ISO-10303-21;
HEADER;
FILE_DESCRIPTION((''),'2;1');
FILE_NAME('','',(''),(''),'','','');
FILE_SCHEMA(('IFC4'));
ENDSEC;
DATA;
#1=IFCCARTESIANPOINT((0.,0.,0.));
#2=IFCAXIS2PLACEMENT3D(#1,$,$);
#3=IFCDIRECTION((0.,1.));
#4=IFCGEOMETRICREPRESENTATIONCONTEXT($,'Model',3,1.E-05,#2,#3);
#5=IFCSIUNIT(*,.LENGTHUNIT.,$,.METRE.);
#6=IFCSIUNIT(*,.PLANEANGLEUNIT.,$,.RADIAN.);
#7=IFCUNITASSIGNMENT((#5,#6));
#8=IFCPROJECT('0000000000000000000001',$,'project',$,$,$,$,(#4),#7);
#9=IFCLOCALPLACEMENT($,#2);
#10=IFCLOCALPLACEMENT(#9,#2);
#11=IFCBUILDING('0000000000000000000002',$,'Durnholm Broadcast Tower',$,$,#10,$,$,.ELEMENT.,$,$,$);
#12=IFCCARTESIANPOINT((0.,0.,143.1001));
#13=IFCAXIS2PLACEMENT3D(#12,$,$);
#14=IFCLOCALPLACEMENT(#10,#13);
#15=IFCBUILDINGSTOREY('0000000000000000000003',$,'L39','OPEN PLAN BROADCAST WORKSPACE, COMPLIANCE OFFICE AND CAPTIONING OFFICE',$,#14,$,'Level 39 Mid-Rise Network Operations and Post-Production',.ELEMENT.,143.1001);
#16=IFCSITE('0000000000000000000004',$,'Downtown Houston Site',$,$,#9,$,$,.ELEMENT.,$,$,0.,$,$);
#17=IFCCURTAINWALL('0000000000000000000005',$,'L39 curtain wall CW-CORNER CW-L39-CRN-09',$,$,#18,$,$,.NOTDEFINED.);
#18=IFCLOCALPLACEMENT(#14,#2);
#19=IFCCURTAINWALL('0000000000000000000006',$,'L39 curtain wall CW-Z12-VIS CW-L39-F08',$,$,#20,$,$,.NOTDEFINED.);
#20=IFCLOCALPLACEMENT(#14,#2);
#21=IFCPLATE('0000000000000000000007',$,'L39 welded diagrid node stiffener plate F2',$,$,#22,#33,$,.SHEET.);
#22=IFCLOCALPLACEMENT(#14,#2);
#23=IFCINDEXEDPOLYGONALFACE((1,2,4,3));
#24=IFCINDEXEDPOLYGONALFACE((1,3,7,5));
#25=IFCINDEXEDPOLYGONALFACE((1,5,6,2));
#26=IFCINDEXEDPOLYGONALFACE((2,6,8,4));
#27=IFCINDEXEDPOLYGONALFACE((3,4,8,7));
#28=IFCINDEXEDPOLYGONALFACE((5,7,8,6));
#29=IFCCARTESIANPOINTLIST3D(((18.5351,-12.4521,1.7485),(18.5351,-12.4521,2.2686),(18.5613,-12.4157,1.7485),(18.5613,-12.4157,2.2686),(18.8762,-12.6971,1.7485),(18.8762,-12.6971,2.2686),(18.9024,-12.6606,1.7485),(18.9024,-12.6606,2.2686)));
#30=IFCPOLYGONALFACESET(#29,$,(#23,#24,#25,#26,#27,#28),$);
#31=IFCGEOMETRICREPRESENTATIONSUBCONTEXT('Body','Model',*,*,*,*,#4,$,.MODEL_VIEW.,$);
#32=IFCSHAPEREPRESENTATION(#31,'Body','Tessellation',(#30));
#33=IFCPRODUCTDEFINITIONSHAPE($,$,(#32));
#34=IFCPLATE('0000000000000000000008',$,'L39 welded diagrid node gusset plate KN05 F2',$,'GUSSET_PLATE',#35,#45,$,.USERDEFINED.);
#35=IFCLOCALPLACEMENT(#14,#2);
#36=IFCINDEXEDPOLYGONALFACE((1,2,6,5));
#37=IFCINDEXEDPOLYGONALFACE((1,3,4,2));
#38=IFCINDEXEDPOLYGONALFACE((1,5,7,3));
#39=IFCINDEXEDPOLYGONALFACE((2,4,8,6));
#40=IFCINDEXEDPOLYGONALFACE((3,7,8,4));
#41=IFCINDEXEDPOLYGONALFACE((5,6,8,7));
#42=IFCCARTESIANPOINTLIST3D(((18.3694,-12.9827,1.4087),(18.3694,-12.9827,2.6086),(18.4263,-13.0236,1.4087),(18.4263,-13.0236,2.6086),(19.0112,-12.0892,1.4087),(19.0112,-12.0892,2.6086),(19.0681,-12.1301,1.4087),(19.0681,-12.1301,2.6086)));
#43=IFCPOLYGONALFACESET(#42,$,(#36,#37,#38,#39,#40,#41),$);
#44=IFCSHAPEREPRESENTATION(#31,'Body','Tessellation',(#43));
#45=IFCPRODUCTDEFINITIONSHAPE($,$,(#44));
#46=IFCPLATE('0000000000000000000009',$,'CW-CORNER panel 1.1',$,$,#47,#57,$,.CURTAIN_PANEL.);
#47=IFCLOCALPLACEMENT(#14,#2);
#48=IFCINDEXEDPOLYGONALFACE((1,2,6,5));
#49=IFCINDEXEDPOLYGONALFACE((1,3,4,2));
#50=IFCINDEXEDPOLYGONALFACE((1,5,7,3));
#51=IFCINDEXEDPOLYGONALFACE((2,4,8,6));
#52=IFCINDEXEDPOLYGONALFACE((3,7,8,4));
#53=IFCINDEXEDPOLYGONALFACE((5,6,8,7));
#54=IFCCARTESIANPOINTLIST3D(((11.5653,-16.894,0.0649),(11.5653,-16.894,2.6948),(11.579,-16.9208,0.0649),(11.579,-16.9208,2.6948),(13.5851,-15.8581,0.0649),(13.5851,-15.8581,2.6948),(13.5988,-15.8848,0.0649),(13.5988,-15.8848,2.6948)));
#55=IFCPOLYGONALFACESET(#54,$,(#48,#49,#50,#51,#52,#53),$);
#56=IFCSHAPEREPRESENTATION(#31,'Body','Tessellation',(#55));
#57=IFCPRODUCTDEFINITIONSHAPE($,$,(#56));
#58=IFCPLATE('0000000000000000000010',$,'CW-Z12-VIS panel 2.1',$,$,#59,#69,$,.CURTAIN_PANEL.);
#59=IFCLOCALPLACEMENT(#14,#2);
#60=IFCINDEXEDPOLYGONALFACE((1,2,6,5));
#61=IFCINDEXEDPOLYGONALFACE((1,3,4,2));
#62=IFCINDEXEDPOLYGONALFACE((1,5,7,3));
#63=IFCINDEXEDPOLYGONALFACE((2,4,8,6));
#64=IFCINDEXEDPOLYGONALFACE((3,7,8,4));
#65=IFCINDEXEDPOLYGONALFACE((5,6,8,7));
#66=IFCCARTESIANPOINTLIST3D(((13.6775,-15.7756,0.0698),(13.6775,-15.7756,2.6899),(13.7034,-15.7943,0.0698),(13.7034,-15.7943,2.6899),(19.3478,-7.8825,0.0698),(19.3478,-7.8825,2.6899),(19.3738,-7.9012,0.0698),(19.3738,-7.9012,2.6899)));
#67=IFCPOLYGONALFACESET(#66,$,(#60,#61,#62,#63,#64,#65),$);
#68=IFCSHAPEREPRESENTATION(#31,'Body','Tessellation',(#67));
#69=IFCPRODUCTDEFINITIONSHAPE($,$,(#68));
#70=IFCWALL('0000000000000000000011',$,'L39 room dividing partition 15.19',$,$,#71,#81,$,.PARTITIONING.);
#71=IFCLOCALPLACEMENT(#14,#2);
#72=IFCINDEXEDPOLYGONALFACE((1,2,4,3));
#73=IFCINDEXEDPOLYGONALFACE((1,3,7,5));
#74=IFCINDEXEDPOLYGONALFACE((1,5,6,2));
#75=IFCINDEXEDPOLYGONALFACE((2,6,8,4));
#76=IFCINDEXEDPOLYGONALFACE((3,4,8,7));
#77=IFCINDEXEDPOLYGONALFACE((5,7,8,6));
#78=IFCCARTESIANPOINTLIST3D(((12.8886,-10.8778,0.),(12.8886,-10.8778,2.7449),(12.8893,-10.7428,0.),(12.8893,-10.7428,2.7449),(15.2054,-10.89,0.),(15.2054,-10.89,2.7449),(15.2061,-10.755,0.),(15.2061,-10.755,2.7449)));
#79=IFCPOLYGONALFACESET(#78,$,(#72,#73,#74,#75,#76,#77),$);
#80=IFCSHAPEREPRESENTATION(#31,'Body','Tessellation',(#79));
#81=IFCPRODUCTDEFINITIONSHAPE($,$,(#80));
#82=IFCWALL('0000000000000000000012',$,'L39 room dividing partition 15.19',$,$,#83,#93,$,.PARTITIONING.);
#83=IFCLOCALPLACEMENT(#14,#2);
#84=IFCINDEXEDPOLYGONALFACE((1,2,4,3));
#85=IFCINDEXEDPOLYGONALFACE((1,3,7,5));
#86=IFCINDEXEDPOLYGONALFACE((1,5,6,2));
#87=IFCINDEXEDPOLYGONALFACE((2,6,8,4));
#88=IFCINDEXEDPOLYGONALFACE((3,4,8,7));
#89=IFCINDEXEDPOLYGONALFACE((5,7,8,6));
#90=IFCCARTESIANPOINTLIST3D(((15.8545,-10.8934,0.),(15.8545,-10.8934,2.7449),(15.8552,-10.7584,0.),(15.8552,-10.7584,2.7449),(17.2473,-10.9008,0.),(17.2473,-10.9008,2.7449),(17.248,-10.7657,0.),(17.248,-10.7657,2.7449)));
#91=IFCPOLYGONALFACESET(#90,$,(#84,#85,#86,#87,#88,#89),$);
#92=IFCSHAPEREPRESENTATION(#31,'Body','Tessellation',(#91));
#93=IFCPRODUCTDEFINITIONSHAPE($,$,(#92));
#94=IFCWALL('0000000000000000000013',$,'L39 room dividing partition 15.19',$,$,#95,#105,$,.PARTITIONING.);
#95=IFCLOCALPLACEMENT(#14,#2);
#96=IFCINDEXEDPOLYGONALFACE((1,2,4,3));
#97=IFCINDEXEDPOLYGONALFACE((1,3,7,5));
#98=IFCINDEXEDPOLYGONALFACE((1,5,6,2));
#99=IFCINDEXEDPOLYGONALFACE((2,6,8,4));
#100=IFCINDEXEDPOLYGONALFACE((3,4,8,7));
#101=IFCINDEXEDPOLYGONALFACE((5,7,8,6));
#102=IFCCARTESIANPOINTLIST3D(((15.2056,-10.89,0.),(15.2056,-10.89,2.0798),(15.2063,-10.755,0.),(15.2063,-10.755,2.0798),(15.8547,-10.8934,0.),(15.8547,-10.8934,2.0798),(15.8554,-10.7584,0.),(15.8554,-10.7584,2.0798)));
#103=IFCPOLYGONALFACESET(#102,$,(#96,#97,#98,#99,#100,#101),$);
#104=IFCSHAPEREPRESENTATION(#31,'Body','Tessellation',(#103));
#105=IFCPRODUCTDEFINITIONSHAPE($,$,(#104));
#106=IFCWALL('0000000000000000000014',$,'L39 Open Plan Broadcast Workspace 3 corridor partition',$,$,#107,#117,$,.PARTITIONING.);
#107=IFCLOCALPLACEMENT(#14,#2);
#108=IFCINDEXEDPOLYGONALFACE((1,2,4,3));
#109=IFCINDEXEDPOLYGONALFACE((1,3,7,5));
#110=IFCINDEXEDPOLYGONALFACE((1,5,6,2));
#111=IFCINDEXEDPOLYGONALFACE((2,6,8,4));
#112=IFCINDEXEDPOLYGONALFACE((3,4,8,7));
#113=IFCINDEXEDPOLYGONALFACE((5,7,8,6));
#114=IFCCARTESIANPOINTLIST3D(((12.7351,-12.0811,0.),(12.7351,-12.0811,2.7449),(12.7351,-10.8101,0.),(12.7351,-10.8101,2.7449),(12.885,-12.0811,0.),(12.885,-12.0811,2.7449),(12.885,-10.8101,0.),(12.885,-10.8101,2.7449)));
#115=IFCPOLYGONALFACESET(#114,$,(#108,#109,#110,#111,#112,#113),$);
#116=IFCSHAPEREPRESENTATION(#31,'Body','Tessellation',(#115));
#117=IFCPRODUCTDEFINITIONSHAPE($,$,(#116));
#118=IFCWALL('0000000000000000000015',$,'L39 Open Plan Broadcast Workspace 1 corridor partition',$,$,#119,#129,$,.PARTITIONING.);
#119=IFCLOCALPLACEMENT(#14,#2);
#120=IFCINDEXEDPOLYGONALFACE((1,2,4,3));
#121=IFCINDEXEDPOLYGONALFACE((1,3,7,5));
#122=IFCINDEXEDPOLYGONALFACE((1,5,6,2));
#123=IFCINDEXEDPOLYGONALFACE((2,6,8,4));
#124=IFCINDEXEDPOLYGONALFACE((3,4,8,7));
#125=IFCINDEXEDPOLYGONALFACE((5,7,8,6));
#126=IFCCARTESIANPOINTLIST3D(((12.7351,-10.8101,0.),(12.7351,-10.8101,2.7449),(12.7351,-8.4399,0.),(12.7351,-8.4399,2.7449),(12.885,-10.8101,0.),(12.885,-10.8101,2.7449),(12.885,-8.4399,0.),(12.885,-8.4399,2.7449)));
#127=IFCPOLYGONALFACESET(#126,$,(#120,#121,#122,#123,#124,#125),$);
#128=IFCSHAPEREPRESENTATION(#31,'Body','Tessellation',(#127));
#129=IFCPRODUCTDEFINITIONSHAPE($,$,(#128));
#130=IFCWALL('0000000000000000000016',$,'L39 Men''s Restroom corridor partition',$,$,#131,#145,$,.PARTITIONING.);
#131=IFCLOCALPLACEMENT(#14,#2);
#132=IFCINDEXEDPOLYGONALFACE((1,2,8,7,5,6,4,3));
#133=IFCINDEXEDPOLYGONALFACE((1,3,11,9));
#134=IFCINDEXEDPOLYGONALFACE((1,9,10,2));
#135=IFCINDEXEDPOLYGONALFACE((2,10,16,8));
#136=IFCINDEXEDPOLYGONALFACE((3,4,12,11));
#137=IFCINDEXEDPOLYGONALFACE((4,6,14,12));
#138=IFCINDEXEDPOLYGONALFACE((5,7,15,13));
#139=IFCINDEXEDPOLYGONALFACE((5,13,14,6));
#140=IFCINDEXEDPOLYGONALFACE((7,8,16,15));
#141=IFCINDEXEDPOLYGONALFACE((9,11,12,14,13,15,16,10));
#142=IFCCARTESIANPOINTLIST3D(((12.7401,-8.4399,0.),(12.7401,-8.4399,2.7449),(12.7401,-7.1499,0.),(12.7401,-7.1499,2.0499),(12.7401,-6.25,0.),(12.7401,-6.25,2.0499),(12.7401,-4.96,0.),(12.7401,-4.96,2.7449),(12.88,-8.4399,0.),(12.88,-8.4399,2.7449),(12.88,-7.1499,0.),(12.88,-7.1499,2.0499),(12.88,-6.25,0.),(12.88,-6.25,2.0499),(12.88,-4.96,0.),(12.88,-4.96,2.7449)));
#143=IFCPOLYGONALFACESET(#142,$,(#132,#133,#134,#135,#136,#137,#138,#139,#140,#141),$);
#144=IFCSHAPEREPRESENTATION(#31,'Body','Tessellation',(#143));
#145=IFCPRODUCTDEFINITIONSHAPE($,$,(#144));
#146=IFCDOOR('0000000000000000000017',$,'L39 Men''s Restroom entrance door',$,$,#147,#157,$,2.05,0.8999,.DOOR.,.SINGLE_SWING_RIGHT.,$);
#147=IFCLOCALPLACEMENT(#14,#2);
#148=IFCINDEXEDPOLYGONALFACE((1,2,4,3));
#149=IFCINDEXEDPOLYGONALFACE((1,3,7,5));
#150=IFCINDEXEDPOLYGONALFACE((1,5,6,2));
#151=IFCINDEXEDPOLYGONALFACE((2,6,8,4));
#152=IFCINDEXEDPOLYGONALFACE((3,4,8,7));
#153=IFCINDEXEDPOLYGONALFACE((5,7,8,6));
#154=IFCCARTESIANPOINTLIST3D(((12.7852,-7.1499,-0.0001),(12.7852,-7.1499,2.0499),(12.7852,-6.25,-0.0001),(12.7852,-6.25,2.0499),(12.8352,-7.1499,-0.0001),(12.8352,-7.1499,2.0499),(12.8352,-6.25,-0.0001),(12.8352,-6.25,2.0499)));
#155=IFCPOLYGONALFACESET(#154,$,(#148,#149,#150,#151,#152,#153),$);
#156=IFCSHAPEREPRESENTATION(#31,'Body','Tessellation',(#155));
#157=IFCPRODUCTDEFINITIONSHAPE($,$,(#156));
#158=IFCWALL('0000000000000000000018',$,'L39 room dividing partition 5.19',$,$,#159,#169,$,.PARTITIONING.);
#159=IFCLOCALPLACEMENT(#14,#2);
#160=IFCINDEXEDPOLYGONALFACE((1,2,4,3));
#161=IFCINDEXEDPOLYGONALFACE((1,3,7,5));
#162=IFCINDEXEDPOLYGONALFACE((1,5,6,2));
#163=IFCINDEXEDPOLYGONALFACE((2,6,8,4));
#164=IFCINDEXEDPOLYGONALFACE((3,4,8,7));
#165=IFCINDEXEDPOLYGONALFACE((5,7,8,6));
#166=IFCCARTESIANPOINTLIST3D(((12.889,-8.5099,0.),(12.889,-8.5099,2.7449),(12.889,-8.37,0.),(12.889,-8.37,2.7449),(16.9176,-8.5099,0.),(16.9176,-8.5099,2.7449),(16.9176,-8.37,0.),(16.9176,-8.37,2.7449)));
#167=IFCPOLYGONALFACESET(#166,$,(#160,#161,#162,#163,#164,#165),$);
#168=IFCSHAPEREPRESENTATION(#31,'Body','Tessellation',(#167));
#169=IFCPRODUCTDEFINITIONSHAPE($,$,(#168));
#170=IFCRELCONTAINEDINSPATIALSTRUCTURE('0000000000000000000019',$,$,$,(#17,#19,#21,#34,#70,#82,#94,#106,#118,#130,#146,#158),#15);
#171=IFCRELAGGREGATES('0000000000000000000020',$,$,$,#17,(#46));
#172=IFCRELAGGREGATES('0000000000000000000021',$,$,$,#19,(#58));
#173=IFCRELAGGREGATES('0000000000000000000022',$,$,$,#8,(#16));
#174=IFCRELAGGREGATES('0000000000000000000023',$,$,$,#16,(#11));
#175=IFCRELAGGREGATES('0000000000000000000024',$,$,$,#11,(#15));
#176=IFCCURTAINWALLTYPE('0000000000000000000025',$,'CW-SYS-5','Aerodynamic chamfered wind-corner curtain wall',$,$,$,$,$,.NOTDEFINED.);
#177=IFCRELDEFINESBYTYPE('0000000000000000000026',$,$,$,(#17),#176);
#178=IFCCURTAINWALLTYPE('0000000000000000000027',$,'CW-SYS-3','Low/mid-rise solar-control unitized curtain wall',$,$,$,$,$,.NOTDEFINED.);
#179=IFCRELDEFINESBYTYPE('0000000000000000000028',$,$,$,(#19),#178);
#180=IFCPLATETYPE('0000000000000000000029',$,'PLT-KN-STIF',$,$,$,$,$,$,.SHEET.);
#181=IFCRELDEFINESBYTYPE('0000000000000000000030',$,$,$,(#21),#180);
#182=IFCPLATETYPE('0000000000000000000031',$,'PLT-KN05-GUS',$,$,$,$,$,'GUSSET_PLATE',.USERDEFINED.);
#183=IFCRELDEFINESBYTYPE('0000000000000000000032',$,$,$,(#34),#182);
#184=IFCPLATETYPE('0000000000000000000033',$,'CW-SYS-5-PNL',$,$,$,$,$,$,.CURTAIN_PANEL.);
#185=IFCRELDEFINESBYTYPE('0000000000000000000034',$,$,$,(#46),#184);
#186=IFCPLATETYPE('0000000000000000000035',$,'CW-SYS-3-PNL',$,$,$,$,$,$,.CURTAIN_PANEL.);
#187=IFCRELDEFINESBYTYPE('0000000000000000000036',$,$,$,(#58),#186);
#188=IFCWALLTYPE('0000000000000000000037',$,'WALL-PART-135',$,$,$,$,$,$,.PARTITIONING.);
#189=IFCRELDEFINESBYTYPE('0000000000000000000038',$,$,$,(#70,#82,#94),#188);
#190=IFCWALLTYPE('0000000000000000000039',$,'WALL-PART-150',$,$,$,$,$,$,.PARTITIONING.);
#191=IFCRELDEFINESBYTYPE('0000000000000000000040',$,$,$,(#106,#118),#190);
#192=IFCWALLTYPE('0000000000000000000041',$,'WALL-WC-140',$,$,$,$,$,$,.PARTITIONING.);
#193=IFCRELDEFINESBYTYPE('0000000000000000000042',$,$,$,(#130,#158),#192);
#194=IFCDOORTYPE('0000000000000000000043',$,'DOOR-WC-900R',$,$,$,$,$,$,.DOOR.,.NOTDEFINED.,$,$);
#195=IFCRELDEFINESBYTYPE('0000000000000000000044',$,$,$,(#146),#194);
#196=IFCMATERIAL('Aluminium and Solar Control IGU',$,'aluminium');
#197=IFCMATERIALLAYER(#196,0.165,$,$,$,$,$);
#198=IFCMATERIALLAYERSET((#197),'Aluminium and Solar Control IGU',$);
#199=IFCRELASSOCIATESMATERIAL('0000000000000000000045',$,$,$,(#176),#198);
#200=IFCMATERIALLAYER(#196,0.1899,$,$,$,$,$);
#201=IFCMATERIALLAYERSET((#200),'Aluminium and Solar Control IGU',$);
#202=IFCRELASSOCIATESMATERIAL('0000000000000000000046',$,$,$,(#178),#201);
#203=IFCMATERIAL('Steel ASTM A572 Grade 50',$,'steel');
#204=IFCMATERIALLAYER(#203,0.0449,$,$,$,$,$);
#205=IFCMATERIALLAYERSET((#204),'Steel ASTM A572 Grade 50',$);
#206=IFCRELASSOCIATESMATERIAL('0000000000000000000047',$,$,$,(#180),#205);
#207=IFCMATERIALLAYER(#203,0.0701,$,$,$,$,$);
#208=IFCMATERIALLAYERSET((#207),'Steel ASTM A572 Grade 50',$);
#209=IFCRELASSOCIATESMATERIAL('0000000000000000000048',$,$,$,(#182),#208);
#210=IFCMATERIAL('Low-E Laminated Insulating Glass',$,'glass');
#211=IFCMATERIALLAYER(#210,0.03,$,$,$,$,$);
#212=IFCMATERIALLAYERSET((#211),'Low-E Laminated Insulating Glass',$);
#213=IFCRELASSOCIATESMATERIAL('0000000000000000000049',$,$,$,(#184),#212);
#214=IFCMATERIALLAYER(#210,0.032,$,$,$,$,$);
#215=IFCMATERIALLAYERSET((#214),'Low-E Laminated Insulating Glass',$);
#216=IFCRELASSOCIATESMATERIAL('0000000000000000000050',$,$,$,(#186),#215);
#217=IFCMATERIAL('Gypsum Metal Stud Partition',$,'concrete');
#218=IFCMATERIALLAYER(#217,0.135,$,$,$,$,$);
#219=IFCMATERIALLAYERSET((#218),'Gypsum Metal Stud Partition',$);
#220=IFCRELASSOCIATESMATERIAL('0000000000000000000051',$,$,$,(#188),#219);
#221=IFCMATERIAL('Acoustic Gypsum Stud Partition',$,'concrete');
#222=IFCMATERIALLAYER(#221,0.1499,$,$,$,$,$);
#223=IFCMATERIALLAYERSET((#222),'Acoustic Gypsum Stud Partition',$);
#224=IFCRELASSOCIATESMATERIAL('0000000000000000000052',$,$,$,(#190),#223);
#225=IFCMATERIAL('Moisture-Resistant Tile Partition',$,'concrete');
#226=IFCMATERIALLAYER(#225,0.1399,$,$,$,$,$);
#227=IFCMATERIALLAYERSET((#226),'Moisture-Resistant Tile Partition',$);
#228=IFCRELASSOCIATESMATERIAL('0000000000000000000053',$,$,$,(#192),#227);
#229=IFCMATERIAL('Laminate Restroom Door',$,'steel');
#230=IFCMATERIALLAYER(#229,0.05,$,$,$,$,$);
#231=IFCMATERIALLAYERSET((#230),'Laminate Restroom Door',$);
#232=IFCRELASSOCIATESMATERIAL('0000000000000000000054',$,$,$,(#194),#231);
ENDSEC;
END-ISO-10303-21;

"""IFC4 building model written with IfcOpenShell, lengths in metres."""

from ifc_helpers import new_model, si_unit, direction, frame, frame_2d, origin, origin_2d, place, context, subcontext, project, spatial, rectangle, extrude, source, transform, mapped, material, layer, layer_set, type_object, type_shapes, element, fill, aggregate, save


model = new_model("IFC4")

# Units and contexts
model_context = context("Model", 3, precision=1e-05, world=origin(), true_north=direction((0.0, 1.0)))
body_context = subcontext(model_context, "Body", "Model", "MODEL_VIEW")
ifc_project = project(units=[si_unit("LENGTHUNIT", "METRE"), si_unit("PLANEANGLEUNIT", "RADIAN")], contexts=[model_context])

# Site, building, storey
site_placement = place(None, origin())
site = spatial("IfcSite", under=ifc_project, at=site_placement, Name="Downtown Houston Site", CompositionType="ELEMENT", RefElevation=0.0)
building_placement = place(site_placement, origin())
building = spatial("IfcBuilding", under=site, at=building_placement, Name="Durnholm Broadcast Tower", CompositionType="ELEMENT")
storey_placement = place(building_placement, frame((0.0, 0.0, 143.1001)))
storey = spatial("IfcBuildingStorey", under=building, at=storey_placement, Name="L39", Description="OPEN PLAN BROADCAST WORKSPACE, COMPLIANCE OFFICE AND CAPTIONING OFFICE", LongName="Level 39 Mid-Rise Network Operations and Post-Production", CompositionType="ELEMENT", Elevation=143.1001)

# Curtain wall
ifc_material_1 = material(Name="Aluminium and Solar Control IGU", Category="aluminium")
ifc_layer_1 = layer(ifc_material_1, 0.165)
ifc_layer_set_1 = layer_set([ifc_layer_1], Name="Aluminium and Solar Control IGU")
curtain_wall_type_1 = type_object("IfcCurtainWallType", Name="CW-SYS-5", Description="Aerodynamic chamfered wind-corner curtain wall", PredefinedType="NOTDEFINED", material=ifc_layer_set_1)
curtain_wall_1_placement = place(storey_placement, origin())
curtain_wall_1 = element("IfcCurtainWall", 1, at=curtain_wall_1_placement, inside=storey, type_object=curtain_wall_type_1, Name="L39 curtain wall CW-CORNER CW-L39-CRN-09", PredefinedType="NOTDEFINED")

# Curtain wall
ifc_layer_2 = layer(ifc_material_1, 0.1899)
ifc_layer_set_2 = layer_set([ifc_layer_2], Name="Aluminium and Solar Control IGU")
curtain_wall_type_2 = type_object("IfcCurtainWallType", Name="CW-SYS-3", Description="Low/mid-rise solar-control unitized curtain wall", PredefinedType="NOTDEFINED", material=ifc_layer_set_2)
curtain_wall_2_placement = place(storey_placement, origin())
curtain_wall_2 = element("IfcCurtainWall", 2, at=curtain_wall_2_placement, inside=storey, type_object=curtain_wall_type_2, Name="L39 curtain wall CW-Z12-VIS CW-L39-F08", PredefinedType="NOTDEFINED")

# Plates
ifc_material_2 = material(Name="Steel ASTM A572 Grade 50", Category="steel")
ifc_layer_3 = layer(ifc_material_2, 0.0449)
ifc_layer_set_3 = layer_set([ifc_layer_3], Name="Steel ASTM A572 Grade 50")
plate_type_1 = type_object("IfcPlateType", Name="PLT-KN-STIF", PredefinedType="SHEET", material=ifc_layer_set_3)
shared_shape_1 = source(origin(), body_context, "Body", "SweptSolid", [
    extrude(rectangle(XDim=0.0449, YDim=0.4199, at=origin_2d()), origin(), (0.0, 0.0, 1.0), 0.52),
])
type_shapes(plate_type_1, [shared_shape_1])
plate_1_placement = place(storey_placement, frame((18.7188, -12.5564, 1.7485), z_axis=(0.0, 0.0, 1.0), x_axis=(0.583399, 0.812185, 0.0)))
element("IfcPlate", 3, at=plate_1_placement, inside=storey, type_object=plate_type_1, Name="L39 welded diagrid node stiffener plate F2", PredefinedType="SHEET", context=body_context, shape_type="MappedRepresentation", body=[
    mapped(shared_shape_1, transform((0.0, 0.0, 0.0), x_axis=(1.0, 0.0, 0.0), y_axis=(0.0, 1.0, 0.0), z_axis=(0.0, 0.0, 1.0), scale=1.0)),
])
ifc_layer_4 = layer(ifc_material_2, 0.0701)
ifc_layer_set_4 = layer_set([ifc_layer_4], Name="Steel ASTM A572 Grade 50")
plate_type_2 = type_object("IfcPlateType", Name="PLT-KN05-GUS", ElementType="GUSSET_PLATE", PredefinedType="USERDEFINED", material=ifc_layer_set_4)
shared_shape_2 = source(origin(), body_context, "Body", "SweptSolid", [
    extrude(rectangle(XDim=1.1001, YDim=0.0701, at=origin_2d()), origin(), (0.0, 0.0, 1.0), 1.2),
])
type_shapes(plate_type_2, [shared_shape_2])
plate_2_placement = place(storey_placement, frame((18.7188, -12.5564, 1.4087), z_axis=(0.0, 0.0, 1.0), x_axis=(0.583399, 0.812185, 0.0)))
element("IfcPlate", 4, at=plate_2_placement, inside=storey, type_object=plate_type_2, Name="L39 welded diagrid node gusset plate KN05 F2", ObjectType="GUSSET_PLATE", PredefinedType="USERDEFINED", context=body_context, shape_type="MappedRepresentation", body=[
    mapped(shared_shape_2, transform((0.0, 0.0, 0.0), x_axis=(1.0, 0.0, 0.0), y_axis=(0.0, 1.0, 0.0), z_axis=(0.0, 0.0, 1.0), scale=1.0)),
])

# Plates
ifc_material_3 = material(Name="Low-E Laminated Insulating Glass", Category="glass")
ifc_layer_5 = layer(ifc_material_3, 0.03)
ifc_layer_set_5 = layer_set([ifc_layer_5], Name="Low-E Laminated Insulating Glass")
plate_type_3 = type_object("IfcPlateType", Name="CW-SYS-5-PNL", PredefinedType="CURTAIN_PANEL", material=ifc_layer_set_5)
shared_shape_3 = source(origin(), body_context, "Body", "SweptSolid", [
    extrude(rectangle(XDim=2.27, YDim=0.03, at=origin_2d()), origin(), (0.0, 0.0, 1.0), 2.6299),
])
type_shapes(plate_type_3, [shared_shape_3])
plate_3_placement = place(storey_placement, frame((12.582, -16.3894, 0.0649), z_axis=(0.0, 0.0, 1.0), x_axis=(-0.889788, -0.456373, 0.0)))
plate_3 = element("IfcPlate", 5, at=plate_3_placement, type_object=plate_type_3, Name="CW-CORNER panel 1.1", PredefinedType="CURTAIN_PANEL", context=body_context, shape_type="MappedRepresentation", body=[
    mapped(shared_shape_3, transform((0.0, 0.0, 0.0), x_axis=(1.0, 0.0, 0.0), y_axis=(0.0, 1.0, 0.0), z_axis=(0.0, 0.0, 1.0), scale=1.0)),
])
aggregate(curtain_wall_1, [plate_3])
ifc_layer_6 = layer(ifc_material_3, 0.032)
ifc_layer_set_6 = layer_set([ifc_layer_6], Name="Low-E Laminated Insulating Glass")
plate_type_4 = type_object("IfcPlateType", Name="CW-SYS-3-PNL", PredefinedType="CURTAIN_PANEL", material=ifc_layer_set_6)
shared_shape_4 = source(origin(), body_context, "Body", "SweptSolid", [
    extrude(rectangle(XDim=9.7188, YDim=0.032, at=origin_2d()), origin(), (0.0, 0.0, 1.0), 2.6201),
])
type_shapes(plate_type_4, [shared_shape_4])
plate_4_placement = place(storey_placement, frame((16.5256, -11.8384, 0.0698), z_axis=(0.0, 0.0, 1.0), x_axis=(-0.583445, -0.812152, 0.0)))
plate_4 = element("IfcPlate", 6, at=plate_4_placement, type_object=plate_type_4, Name="CW-Z12-VIS panel 2.1", PredefinedType="CURTAIN_PANEL", context=body_context, shape_type="MappedRepresentation", body=[
    mapped(shared_shape_4, transform((0.0, 0.0, 0.0), x_axis=(1.0, 0.0, 0.0), y_axis=(0.0, 1.0, 0.0), z_axis=(0.0, 0.0, 1.0), scale=1.0)),
])
aggregate(curtain_wall_2, [plate_4])

# Walls
ifc_material_4 = material(Name="Gypsum Metal Stud Partition", Category="concrete")
ifc_layer_7 = layer(ifc_material_4, 0.135)
ifc_layer_set_7 = layer_set([ifc_layer_7], Name="Gypsum Metal Stud Partition")
wall_type_1 = type_object("IfcWallType", Name="WALL-PART-135", PredefinedType="PARTITIONING", material=ifc_layer_set_7)
wall_1_placement = place(storey_placement, frame((12.8889, -10.8103, 0.0), z_axis=(0.0, 0.0, 1.0), x_axis=(0.999986, -0.005269, 0.0)))
element("IfcWall", 7, at=wall_1_placement, inside=storey, type_object=wall_type_1, Name="L39 room dividing partition 15.19", PredefinedType="PARTITIONING", context=body_context, shape_type="SweptSolid", body=[
    extrude(rectangle(XDim=2.3169, YDim=0.135, at=frame_2d((1.1584, 0.0))), origin(), (0.0, 0.0, 1.0), 2.7449),
])
wall_2_placement = place(storey_placement, frame((15.855, -10.8259, 0.0), z_axis=(0.0, 0.0, 1.0), x_axis=(0.999986, -0.005258, 0.0)))
element("IfcWall", 8, at=wall_2_placement, inside=storey, type_object=wall_type_1, Name="L39 room dividing partition 15.19", PredefinedType="PARTITIONING", context=body_context, shape_type="SweptSolid", body=[
    extrude(rectangle(XDim=1.3928, YDim=0.135, at=frame_2d((0.6963, 0.0))), origin(), (0.0, 0.0, 1.0), 2.7449),
])
wall_3_placement = place(storey_placement, frame((15.2058, -10.8225, 0.0), z_axis=(0.0, 0.0, 1.0), x_axis=(0.999986, -0.005265, 0.0)))
element("IfcWall", 9, at=wall_3_placement, inside=storey, type_object=wall_type_1, Name="L39 room dividing partition 15.19", PredefinedType="PARTITIONING", context=body_context, shape_type="SweptSolid", body=[
    extrude(rectangle(XDim=0.6492, YDim=0.135, at=frame_2d((0.3247, 0.0))), origin(), (0.0, 0.0, 1.0), 2.0798),
])
ifc_material_5 = material(Name="Acoustic Gypsum Stud Partition", Category="concrete")
ifc_layer_8 = layer(ifc_material_5, 0.1499)
ifc_layer_set_8 = layer_set([ifc_layer_8], Name="Acoustic Gypsum Stud Partition")
wall_type_2 = type_object("IfcWallType", Name="WALL-PART-150", PredefinedType="PARTITIONING", material=ifc_layer_set_8)
wall_4_placement = place(storey_placement, frame((12.8101, -12.0811, 0.0), z_axis=(0.0, 0.0, 1.0), x_axis=(0.0, 1.0, 0.0)))
element("IfcWall", 10, at=wall_4_placement, inside=storey, type_object=wall_type_2, Name="L39 Open Plan Broadcast Workspace 3 corridor partition", PredefinedType="PARTITIONING", context=body_context, shape_type="SweptSolid", body=[
    extrude(rectangle(XDim=1.271, YDim=0.1499, at=frame_2d((0.6355, 0.0))), origin(), (0.0, 0.0, 1.0), 2.7449),
])
wall_5_placement = place(storey_placement, frame((12.8101, -10.8101, 0.0), z_axis=(0.0, 0.0, 1.0), x_axis=(0.0, 1.0, 0.0)))
element("IfcWall", 11, at=wall_5_placement, inside=storey, type_object=wall_type_2, Name="L39 Open Plan Broadcast Workspace 1 corridor partition", PredefinedType="PARTITIONING", context=body_context, shape_type="SweptSolid", body=[
    extrude(rectangle(XDim=2.3701, YDim=0.1499, at=frame_2d((1.1851, 0.0))), origin(), (0.0, 0.0, 1.0), 2.7449),
])

# Wall, opening, door
ifc_material_6 = material(Name="Moisture-Resistant Tile Partition", Category="concrete")
ifc_layer_9 = layer(ifc_material_6, 0.1399)
ifc_layer_set_9 = layer_set([ifc_layer_9], Name="Moisture-Resistant Tile Partition")
wall_type_3 = type_object("IfcWallType", Name="WALL-WC-140", PredefinedType="PARTITIONING", material=ifc_layer_set_9)
wall_6_placement = place(storey_placement, frame((12.8101, -8.4399, 0.0), z_axis=(0.0, 0.0, 1.0), x_axis=(0.0, 1.0, 0.0)))
wall_6 = element("IfcWall", 12, at=wall_6_placement, inside=storey, type_object=wall_type_3, Name="L39 Men's Restroom corridor partition", PredefinedType="PARTITIONING", context=body_context, shape_type="SweptSolid", body=[
    extrude(rectangle(XDim=3.48, YDim=0.1399, at=frame_2d((1.74, 0.0))), origin(), (0.0, 0.0, 1.0), 2.7449),
])
opening_placement = place(wall_6_placement, frame((1.29, 0.0, 0.0)))
opening = element("IfcOpeningElement", 13, at=opening_placement, cuts=wall_6, PredefinedType="OPENING", context=body_context, shape_type="SweptSolid", body=[
    extrude(rectangle(XDim=0.8999, YDim=2.05, at=frame_2d((0.45, 1.0249))), frame((0.0, 0.0801, 0.0), z_axis=(0.0, -1.0, 0.0), x_axis=(1.0, 0.0, 0.0)), (0.0, 0.0, 1.0), 0.1599),
])
ifc_material_7 = material(Name="Laminate Restroom Door", Category="steel")
ifc_layer_10 = layer(ifc_material_7, 0.05)
ifc_layer_set_10 = layer_set([ifc_layer_10], Name="Laminate Restroom Door")
door_type = type_object("IfcDoorType", Name="DOOR-WC-900R", OperationType="NOTDEFINED", PredefinedType="DOOR", material=ifc_layer_set_10)
shared_shape_5 = source(origin(), body_context, "Body", "SweptSolid", [
    extrude(rectangle(XDim=0.8999, YDim=2.05, at=frame_2d((0.45, 1.0249))), frame((0.0, 0.0249, 0.0), z_axis=(0.0, -1.0, 0.0), x_axis=(1.0, 0.0, 0.0)), (0.0, 0.0, 1.0), 0.05),
])
type_shapes(door_type, [shared_shape_5])
door_placement = place(opening_placement, origin())
door = element("IfcDoor", 14, at=door_placement, inside=storey, type_object=door_type, Name="L39 Men's Restroom entrance door", OperationType="SINGLE_SWING_RIGHT", OverallHeight=2.05, OverallWidth=0.8999, PredefinedType="DOOR", context=body_context, shape_type="MappedRepresentation", body=[
    mapped(shared_shape_5, transform((0.0, 0.0, 0.0), x_axis=(1.0, 0.0, 0.0), y_axis=(0.0, 1.0, 0.0), z_axis=(0.0, 0.0, 1.0), scale=1.0)),
])
fill(opening, door)

# Wall
wall_7_placement = place(storey_placement, frame((16.9175, -8.4399, 0.0), z_axis=(0.0, 0.0, 1.0), x_axis=(-1.0, 0.0, 0.0)))
element("IfcWall", 15, at=wall_7_placement, inside=storey, type_object=wall_type_3, Name="L39 room dividing partition 5.19", PredefinedType="PARTITIONING", context=body_context, shape_type="SweptSolid", body=[
    extrude(rectangle(XDim=4.0286, YDim=0.1399, at=frame_2d((2.0142, 0.0))), origin(), (0.0, 0.0, 1.0), 2.7449),
])

save(model, "model.ifc")
